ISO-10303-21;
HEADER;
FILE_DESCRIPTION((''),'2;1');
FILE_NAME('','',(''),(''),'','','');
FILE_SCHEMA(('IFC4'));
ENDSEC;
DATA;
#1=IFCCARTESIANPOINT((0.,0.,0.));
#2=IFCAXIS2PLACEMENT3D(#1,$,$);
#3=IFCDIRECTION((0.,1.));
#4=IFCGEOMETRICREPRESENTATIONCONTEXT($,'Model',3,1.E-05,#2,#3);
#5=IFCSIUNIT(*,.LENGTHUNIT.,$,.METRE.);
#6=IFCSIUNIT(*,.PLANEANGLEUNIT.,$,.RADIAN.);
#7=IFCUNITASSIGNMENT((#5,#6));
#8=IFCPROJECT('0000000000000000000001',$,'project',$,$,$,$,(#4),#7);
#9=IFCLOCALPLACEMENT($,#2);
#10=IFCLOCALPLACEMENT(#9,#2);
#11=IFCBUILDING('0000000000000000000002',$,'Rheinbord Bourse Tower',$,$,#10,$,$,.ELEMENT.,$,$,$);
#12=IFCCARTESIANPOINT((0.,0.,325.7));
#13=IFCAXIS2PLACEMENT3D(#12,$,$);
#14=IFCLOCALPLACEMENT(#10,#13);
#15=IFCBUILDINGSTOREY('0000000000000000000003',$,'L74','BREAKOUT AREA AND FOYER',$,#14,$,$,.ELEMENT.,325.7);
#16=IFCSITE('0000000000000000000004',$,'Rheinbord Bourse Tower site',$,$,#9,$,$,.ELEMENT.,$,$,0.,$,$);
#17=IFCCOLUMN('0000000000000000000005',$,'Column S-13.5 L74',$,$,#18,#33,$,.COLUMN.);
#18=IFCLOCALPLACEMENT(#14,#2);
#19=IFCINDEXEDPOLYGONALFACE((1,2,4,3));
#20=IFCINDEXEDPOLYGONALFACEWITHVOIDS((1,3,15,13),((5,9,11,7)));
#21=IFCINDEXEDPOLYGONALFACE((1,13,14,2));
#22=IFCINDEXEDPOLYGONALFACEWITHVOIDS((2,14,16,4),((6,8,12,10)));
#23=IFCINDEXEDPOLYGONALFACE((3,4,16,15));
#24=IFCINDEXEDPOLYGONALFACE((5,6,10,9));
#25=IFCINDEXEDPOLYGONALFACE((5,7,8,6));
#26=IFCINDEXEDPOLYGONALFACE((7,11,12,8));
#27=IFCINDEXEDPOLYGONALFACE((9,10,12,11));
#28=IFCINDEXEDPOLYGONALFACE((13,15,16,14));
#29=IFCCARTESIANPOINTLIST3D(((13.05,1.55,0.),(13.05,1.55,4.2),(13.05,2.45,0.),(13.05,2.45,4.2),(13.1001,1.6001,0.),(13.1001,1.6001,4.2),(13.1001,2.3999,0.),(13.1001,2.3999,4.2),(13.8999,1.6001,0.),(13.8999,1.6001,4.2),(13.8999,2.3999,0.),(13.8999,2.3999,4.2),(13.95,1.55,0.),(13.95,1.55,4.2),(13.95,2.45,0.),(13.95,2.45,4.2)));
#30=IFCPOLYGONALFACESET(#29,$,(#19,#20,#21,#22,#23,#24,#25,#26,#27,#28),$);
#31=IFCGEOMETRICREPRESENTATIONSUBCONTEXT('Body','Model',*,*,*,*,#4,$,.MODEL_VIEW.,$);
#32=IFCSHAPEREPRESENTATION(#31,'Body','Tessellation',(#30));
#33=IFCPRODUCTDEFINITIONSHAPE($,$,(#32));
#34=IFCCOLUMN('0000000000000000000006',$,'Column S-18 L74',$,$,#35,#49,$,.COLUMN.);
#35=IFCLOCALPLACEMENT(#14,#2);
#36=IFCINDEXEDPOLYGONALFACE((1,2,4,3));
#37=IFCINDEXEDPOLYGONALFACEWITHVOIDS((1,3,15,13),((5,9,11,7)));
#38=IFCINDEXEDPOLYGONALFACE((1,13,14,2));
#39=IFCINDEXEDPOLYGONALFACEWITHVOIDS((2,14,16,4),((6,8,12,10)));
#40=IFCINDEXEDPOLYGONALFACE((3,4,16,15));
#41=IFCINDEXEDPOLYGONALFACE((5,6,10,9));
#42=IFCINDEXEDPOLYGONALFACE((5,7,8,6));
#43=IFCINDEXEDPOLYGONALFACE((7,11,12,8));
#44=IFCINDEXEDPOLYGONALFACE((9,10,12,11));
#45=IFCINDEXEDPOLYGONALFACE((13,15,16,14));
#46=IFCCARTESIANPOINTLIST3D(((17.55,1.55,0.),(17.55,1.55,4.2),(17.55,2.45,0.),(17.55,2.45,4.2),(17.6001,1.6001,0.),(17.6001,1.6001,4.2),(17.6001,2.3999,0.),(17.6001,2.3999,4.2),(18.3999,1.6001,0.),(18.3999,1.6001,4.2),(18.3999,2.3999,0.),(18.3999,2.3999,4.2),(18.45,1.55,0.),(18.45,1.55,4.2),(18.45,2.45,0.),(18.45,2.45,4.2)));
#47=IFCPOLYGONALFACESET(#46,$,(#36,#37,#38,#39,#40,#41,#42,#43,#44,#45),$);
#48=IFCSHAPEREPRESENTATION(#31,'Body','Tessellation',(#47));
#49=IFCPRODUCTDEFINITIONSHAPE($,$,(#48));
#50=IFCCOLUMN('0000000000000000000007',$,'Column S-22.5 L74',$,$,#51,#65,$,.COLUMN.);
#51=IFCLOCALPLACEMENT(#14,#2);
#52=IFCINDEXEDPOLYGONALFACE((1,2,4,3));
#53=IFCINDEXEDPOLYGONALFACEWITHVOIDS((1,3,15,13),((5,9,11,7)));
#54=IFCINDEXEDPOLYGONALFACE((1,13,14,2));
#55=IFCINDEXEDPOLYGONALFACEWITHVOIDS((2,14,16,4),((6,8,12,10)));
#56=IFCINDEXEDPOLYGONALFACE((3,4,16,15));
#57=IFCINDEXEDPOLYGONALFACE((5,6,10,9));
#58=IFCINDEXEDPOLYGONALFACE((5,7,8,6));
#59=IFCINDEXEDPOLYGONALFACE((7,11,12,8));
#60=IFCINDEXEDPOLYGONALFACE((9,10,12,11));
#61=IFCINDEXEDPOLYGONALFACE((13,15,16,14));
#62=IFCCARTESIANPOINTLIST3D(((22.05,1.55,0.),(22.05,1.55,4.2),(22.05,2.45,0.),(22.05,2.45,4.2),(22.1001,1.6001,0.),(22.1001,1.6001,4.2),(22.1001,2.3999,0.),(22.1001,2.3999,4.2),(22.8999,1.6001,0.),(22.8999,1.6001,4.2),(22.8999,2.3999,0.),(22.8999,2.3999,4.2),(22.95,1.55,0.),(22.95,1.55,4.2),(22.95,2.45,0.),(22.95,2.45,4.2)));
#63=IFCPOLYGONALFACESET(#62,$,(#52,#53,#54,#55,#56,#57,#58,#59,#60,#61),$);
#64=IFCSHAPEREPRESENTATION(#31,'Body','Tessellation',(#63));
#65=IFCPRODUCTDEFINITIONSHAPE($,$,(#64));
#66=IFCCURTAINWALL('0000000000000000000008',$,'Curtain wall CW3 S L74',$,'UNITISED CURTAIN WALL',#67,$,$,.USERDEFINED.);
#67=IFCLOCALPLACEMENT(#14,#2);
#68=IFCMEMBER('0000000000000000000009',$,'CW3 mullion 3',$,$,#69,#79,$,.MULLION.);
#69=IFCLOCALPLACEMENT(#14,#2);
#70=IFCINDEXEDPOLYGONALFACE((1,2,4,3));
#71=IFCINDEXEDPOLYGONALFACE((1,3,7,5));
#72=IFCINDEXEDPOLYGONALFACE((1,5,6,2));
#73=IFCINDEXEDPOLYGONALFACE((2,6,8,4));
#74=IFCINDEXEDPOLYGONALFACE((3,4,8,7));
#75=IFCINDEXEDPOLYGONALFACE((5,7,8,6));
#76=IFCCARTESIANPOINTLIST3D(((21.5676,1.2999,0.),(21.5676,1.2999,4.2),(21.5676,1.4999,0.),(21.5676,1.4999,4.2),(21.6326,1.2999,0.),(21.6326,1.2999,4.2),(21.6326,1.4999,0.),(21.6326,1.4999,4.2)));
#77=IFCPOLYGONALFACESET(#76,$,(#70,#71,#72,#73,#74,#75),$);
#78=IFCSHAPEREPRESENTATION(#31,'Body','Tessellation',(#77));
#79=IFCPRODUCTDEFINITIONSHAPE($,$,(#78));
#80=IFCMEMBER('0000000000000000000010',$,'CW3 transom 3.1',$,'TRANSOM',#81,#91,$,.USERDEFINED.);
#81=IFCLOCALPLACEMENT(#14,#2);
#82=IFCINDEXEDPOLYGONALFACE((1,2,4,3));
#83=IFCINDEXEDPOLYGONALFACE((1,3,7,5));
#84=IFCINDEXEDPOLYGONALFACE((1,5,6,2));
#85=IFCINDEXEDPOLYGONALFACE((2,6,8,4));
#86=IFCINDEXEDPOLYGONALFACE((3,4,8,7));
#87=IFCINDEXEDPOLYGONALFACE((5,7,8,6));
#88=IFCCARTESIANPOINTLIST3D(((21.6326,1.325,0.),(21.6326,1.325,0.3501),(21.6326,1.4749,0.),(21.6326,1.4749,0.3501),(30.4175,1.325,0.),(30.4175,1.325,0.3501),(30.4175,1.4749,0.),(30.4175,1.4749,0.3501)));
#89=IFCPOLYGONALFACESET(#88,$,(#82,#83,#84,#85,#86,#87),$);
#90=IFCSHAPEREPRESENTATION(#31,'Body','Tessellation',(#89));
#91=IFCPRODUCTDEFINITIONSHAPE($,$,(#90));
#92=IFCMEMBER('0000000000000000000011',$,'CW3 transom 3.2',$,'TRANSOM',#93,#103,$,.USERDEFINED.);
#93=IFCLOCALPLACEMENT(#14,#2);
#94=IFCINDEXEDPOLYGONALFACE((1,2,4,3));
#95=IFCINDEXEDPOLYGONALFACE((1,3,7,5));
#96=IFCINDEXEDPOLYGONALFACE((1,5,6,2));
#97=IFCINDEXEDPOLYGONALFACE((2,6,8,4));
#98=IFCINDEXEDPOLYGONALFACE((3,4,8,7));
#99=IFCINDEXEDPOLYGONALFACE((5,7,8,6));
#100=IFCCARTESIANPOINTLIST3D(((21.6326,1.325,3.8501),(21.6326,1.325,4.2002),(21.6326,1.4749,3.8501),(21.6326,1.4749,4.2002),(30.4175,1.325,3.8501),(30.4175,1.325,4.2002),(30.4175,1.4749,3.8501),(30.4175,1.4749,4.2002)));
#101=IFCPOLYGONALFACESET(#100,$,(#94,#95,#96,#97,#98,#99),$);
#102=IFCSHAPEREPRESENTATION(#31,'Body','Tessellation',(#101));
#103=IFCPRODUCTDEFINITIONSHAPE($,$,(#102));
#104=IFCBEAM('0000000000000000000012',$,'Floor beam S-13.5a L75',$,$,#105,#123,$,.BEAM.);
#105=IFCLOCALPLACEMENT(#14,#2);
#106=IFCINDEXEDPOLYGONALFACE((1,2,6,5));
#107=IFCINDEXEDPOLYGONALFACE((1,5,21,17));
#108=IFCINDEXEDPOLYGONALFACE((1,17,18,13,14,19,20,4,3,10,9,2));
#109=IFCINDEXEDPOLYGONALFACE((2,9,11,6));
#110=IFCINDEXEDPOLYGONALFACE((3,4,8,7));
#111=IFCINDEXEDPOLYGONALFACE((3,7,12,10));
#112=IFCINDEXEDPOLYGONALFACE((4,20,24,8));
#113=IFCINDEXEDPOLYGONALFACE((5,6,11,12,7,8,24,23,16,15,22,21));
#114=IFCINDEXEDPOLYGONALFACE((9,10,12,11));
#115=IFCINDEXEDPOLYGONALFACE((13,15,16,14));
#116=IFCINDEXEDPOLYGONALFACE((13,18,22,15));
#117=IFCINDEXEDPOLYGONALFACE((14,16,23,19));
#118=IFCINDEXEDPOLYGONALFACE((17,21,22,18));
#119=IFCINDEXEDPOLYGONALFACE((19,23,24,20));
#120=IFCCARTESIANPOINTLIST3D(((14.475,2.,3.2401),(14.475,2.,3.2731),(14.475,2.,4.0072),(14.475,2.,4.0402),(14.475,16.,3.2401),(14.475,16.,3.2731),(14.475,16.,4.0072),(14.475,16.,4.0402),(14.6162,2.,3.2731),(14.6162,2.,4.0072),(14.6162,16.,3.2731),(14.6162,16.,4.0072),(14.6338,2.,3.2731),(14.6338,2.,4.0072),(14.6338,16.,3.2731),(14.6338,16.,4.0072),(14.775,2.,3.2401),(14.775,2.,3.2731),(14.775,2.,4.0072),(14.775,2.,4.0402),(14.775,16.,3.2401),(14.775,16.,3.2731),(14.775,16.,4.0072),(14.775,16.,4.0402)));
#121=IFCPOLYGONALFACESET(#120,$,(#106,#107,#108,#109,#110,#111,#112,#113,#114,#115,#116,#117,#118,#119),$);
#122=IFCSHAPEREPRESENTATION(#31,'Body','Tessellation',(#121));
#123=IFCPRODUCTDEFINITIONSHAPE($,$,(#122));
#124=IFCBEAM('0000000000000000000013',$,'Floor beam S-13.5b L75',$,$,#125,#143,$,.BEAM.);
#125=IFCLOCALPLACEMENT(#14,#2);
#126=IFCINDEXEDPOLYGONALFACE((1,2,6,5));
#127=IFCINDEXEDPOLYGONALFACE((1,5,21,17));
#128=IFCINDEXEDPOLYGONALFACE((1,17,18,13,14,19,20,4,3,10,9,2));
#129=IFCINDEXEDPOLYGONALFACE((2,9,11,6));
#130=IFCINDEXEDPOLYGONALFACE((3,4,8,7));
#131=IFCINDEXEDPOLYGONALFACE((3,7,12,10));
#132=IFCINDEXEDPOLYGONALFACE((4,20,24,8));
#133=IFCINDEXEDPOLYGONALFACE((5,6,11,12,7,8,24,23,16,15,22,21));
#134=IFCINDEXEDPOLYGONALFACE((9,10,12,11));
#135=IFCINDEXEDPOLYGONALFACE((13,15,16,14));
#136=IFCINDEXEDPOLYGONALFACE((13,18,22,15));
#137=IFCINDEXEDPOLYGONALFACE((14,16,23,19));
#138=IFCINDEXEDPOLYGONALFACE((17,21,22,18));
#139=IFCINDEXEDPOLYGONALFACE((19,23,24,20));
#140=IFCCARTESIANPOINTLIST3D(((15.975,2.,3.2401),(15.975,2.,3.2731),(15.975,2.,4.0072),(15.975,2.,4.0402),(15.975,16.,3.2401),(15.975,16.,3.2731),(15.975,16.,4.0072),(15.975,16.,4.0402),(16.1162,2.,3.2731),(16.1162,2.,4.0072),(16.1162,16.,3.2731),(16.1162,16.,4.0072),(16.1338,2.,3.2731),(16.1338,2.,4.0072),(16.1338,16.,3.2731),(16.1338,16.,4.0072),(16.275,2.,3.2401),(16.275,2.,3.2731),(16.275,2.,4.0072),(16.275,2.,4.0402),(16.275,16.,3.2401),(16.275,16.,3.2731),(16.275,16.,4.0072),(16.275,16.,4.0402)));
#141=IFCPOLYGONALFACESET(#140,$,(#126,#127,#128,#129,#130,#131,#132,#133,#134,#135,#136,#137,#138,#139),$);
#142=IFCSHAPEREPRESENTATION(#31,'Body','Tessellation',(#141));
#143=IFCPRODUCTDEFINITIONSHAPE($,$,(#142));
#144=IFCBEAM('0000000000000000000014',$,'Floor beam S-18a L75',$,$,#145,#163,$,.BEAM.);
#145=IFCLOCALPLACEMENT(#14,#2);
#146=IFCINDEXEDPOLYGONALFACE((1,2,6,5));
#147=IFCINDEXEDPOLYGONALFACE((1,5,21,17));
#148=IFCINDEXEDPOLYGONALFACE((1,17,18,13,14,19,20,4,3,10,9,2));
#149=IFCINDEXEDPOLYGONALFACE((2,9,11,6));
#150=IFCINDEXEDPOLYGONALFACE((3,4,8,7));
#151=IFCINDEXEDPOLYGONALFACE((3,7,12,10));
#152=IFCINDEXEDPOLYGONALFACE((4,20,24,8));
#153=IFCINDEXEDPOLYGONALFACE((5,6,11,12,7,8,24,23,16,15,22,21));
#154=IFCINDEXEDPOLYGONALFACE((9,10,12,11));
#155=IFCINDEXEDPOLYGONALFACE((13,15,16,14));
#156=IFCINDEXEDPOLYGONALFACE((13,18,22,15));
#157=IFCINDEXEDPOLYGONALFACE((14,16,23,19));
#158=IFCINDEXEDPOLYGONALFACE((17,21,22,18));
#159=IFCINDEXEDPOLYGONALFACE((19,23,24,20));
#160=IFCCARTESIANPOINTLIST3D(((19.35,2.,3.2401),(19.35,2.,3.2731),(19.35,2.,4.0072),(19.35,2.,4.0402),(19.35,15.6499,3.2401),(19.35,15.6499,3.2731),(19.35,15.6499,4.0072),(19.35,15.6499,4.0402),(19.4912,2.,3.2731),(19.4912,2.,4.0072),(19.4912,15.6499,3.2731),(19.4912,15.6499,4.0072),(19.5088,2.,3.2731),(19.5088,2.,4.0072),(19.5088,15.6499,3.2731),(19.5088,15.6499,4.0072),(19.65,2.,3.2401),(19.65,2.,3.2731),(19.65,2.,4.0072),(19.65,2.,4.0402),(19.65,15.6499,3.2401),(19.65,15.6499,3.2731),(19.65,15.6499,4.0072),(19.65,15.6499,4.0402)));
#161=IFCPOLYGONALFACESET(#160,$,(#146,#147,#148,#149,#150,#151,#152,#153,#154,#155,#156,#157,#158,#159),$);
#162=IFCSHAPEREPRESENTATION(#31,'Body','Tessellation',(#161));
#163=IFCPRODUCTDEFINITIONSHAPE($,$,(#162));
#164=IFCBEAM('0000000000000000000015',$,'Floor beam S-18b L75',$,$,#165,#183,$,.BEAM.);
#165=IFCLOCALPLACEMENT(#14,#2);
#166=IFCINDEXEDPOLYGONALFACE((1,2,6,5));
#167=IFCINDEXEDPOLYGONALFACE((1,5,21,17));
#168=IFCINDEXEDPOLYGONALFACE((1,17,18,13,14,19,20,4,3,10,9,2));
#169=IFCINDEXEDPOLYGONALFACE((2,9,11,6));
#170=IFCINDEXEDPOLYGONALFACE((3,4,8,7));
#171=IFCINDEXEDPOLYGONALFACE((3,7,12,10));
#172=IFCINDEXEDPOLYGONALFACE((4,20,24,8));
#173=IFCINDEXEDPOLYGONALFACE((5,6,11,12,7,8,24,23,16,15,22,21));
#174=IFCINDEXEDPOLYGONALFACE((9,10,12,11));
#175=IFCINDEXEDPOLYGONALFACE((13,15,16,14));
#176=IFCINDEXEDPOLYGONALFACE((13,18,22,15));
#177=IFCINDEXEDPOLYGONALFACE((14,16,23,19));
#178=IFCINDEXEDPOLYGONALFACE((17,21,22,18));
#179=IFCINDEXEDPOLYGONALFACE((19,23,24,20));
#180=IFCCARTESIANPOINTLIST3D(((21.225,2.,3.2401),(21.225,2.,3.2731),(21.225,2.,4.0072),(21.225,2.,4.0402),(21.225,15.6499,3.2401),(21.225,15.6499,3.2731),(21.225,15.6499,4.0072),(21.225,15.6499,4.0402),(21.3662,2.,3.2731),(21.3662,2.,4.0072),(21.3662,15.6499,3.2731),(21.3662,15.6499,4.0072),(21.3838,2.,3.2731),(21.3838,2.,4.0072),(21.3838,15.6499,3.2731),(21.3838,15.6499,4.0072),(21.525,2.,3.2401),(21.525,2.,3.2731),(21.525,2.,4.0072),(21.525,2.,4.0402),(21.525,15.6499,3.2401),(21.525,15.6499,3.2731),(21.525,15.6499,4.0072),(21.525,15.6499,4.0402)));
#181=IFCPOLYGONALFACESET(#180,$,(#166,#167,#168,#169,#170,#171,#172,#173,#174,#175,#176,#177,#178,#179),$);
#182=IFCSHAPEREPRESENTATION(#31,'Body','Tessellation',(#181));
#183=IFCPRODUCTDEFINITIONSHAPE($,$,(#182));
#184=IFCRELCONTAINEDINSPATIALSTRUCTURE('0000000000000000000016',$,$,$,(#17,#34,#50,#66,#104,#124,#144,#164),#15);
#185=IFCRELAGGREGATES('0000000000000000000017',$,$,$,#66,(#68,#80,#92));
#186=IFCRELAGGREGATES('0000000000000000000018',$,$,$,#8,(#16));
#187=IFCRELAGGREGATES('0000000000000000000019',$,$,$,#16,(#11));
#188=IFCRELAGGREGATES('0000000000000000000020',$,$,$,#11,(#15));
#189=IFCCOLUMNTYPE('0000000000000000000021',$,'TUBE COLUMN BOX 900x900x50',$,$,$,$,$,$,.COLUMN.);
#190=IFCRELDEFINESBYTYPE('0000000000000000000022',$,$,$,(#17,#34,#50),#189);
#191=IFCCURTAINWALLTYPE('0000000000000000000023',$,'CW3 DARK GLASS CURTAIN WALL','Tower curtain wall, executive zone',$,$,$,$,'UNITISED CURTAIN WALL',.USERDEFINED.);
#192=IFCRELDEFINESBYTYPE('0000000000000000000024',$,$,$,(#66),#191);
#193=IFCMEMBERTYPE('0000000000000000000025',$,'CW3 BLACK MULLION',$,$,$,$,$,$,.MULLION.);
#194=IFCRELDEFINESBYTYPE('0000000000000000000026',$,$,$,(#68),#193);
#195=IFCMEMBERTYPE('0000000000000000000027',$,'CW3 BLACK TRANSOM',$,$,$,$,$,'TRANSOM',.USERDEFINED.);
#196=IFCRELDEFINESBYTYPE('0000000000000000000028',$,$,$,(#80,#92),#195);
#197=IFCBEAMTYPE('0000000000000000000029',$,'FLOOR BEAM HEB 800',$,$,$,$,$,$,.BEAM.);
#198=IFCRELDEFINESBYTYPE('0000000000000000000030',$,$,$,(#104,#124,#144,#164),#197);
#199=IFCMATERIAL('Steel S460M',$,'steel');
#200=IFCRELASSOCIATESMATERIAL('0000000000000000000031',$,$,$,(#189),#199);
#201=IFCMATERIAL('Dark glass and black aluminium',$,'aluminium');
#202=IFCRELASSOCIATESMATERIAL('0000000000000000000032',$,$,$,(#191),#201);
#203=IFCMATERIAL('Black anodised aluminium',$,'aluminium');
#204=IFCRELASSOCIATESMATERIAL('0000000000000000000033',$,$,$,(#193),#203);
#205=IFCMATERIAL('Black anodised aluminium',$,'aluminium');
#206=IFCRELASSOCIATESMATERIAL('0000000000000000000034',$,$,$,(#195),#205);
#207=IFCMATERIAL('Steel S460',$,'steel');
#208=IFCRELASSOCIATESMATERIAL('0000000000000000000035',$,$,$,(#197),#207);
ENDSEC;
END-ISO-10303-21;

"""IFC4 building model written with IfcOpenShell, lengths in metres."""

from ifc_helpers import new_model, si_unit, direction, frame, origin, origin_2d, place, context, subcontext, project, spatial, rectangle, hollow_rectangle, i_section, extrude, material, material_profile, profile_set, type_object, element, aggregate, save


model = new_model("IFC4")

# Units and contexts
model_context = context("Model", 3, precision=1e-05, world=origin(), true_north=direction((0.0, 1.0)))
body_context = subcontext(model_context, "Body", "Model", "MODEL_VIEW")
ifc_project = project(units=[si_unit("LENGTHUNIT", "METRE"), si_unit("PLANEANGLEUNIT", "RADIAN")], contexts=[model_context])

# Site, building, storey
site_placement = place(None, origin())
site = spatial("IfcSite", under=ifc_project, at=site_placement, Name="Rheinbord Bourse Tower site", CompositionType="ELEMENT", RefElevation=0.0)
building_placement = place(site_placement, origin())
building = spatial("IfcBuilding", under=site, at=building_placement, Name="Rheinbord Bourse Tower", CompositionType="ELEMENT")
storey_placement = place(building_placement, frame((0.0, 0.0, 325.7)))
storey = spatial("IfcBuildingStorey", under=building, at=storey_placement, Name="L74", Description="BREAKOUT AREA AND FOYER", CompositionType="ELEMENT", Elevation=325.7)

# Columns
ifc_material_1 = material(Name="Steel S460M", Category="steel")
ifc_material_profile_1 = material_profile(ifc_material_1, hollow_rectangle(XDim=0.8999, YDim=0.8999, WallThickness=0.05, at=origin_2d()), Name="BOX 900x900x50")
ifc_profile_set_1 = profile_set([ifc_material_profile_1], Name="Steel S460M")
column_type = type_object("IfcColumnType", Name="TUBE COLUMN BOX 900x900x50", PredefinedType="COLUMN", material=ifc_profile_set_1)
for number, where, z_axis, x_axis, name in (
    (1, (13.5, 2.0, 0.0), (0.0, 0.0, 1.0), (0.0, 1.0, 0.0), "Column S-13.5 L74"),
    (2, (18.0, 2.0, 0.0), (0.0, 0.0, 1.0), (0.0, 1.0, 0.0), "Column S-18 L74"),
    (3, (22.5, 2.0, 0.0), (0.0, 0.0, 1.0), (0.0, 1.0, 0.0), "Column S-22.5 L74"),
):
    element("IfcColumn", number, at=place(storey_placement, frame(where, z_axis=z_axis, x_axis=x_axis)), inside=storey, type_object=column_type, Name=name, PredefinedType="COLUMN", context=body_context, shape_type="SweptSolid", body=[
        extrude(hollow_rectangle(XDim=0.8999, YDim=0.8999, WallThickness=0.05, at=origin_2d()), origin(), (0.0, 0.0, 1.0), 4.2),
    ])

# Curtain wall, members
ifc_material_2 = material(Name="Dark glass and black aluminium", Category="aluminium")
curtain_wall_type = type_object("IfcCurtainWallType", Name="CW3 DARK GLASS CURTAIN WALL", Description="Tower curtain wall, executive zone", ElementType="UNITISED CURTAIN WALL", PredefinedType="USERDEFINED", material=ifc_material_2)
curtain_wall_placement = place(storey_placement, origin())
curtain_wall = element("IfcCurtainWall", 4, at=curtain_wall_placement, inside=storey, type_object=curtain_wall_type, Name="Curtain wall CW3 S L74", ObjectType="UNITISED CURTAIN WALL", PredefinedType="USERDEFINED")
ifc_material_3 = material(Name="Black anodised aluminium", Category="aluminium")
ifc_material_profile_2 = material_profile(ifc_material_3, rectangle(XDim=0.2, YDim=0.0649, at=origin_2d()), Name="CW3 MULLION 65x200")
ifc_profile_set_2 = profile_set([ifc_material_profile_2], Name="Black anodised aluminium")
member_type_1 = type_object("IfcMemberType", Name="CW3 BLACK MULLION", PredefinedType="MULLION", material=ifc_profile_set_2)
member_1_placement = place(storey_placement, frame((21.6001, 1.3999, 0.0), z_axis=(0.0, 0.0, 1.0), x_axis=(0.0, 1.0, 0.0)))
member_1 = element("IfcMember", 5, at=member_1_placement, type_object=member_type_1, Name="CW3 mullion 3", PredefinedType="MULLION", context=body_context, shape_type="SweptSolid", body=[
    extrude(rectangle(XDim=0.2, YDim=0.0649, at=origin_2d()), origin(), (0.0, 0.0, 1.0), 4.2),
])
ifc_material_4 = material(Name="Black anodised aluminium", Category="aluminium")
ifc_material_profile_3 = material_profile(ifc_material_4, rectangle(XDim=0.1499, YDim=0.3501, at=origin_2d()), Name="CW3 TRANSOM 350x150")
ifc_profile_set_3 = profile_set([ifc_material_profile_3], Name="Black anodised aluminium")
member_type_2 = type_object("IfcMemberType", Name="CW3 BLACK TRANSOM", ElementType="TRANSOM", PredefinedType="USERDEFINED", material=ifc_profile_set_3)
member_2_placement = place(storey_placement, frame((21.6326, 1.3999, 0.175), z_axis=(1.0, 0.0, 0.0), x_axis=(0.0, 1.0, 0.0)))
member_2 = element("IfcMember", 6, at=member_2_placement, type_object=member_type_2, Name="CW3 transom 3.1", ObjectType="TRANSOM", PredefinedType="USERDEFINED", context=body_context, shape_type="SweptSolid", body=[
    extrude(rectangle(XDim=0.1499, YDim=0.3501, at=origin_2d()), origin(), (0.0, 0.0, 1.0), 8.7849),
])
member_3_placement = place(storey_placement, frame((21.6326, 1.3999, 4.0251), z_axis=(1.0, 0.0, 0.0), x_axis=(0.0, 1.0, 0.0)))
member_3 = element("IfcMember", 7, at=member_3_placement, type_object=member_type_2, Name="CW3 transom 3.2", ObjectType="TRANSOM", PredefinedType="USERDEFINED", context=body_context, shape_type="SweptSolid", body=[
    extrude(rectangle(XDim=0.1499, YDim=0.3501, at=origin_2d()), origin(), (0.0, 0.0, 1.0), 8.7849),
])

# Beams
ifc_material_5 = material(Name="Steel S460", Category="steel")
ifc_material_profile_4 = material_profile(ifc_material_5, i_section(OverallWidth=0.3, OverallDepth=0.8, WebThickness=0.0176, FlangeThickness=0.033, at=origin_2d()), Name="HEB 800")
ifc_profile_set_4 = profile_set([ifc_material_profile_4], Name="Steel S460")
beam_type_1 = type_object("IfcBeamType", Name="FLOOR BEAM HEB 800", PredefinedType="BEAM", material=ifc_profile_set_4)
for number, where, z_axis, x_axis, name in (
    (8, (14.625, 2.0, 3.6401), (0.0, 1.0, 0.0), (-1.0, 0.0, 0.0), "Floor beam S-13.5a L75"),
    (9, (16.125, 2.0, 3.6401), (0.0, 1.0, 0.0), (-1.0, 0.0, 0.0), "Floor beam S-13.5b L75"),
):
    element("IfcBeam", number, at=place(storey_placement, frame(where, z_axis=z_axis, x_axis=x_axis)), inside=storey, type_object=beam_type_1, Name=name, PredefinedType="BEAM", context=body_context, shape_type="SweptSolid", body=[
        extrude(i_section(OverallWidth=0.3, OverallDepth=0.8, WebThickness=0.0176, FlangeThickness=0.033, at=origin_2d()), origin(), (0.0, 0.0, 1.0), 14.0),
    ])
for number, where, z_axis, x_axis, name in (
    (10, (19.5, 2.0, 3.6401), (0.0, 1.0, 0.0), (-1.0, 0.0, 0.0), "Floor beam S-18a L75"),
    (11, (21.375, 2.0, 3.6401), (0.0, 1.0, 0.0), (-1.0, 0.0, 0.0), "Floor beam S-18b L75"),
):
    element("IfcBeam", number, at=place(storey_placement, frame(where, z_axis=z_axis, x_axis=x_axis)), inside=storey, type_object=beam_type_1, Name=name, PredefinedType="BEAM", context=body_context, shape_type="SweptSolid", body=[
        extrude(i_section(OverallWidth=0.3, OverallDepth=0.8, WebThickness=0.0176, FlangeThickness=0.033, at=origin_2d()), origin(), (0.0, 0.0, 1.0), 13.6499),
    ])

aggregate(curtain_wall, [member_1, member_2, member_3])

save(model, "model.ifc")
